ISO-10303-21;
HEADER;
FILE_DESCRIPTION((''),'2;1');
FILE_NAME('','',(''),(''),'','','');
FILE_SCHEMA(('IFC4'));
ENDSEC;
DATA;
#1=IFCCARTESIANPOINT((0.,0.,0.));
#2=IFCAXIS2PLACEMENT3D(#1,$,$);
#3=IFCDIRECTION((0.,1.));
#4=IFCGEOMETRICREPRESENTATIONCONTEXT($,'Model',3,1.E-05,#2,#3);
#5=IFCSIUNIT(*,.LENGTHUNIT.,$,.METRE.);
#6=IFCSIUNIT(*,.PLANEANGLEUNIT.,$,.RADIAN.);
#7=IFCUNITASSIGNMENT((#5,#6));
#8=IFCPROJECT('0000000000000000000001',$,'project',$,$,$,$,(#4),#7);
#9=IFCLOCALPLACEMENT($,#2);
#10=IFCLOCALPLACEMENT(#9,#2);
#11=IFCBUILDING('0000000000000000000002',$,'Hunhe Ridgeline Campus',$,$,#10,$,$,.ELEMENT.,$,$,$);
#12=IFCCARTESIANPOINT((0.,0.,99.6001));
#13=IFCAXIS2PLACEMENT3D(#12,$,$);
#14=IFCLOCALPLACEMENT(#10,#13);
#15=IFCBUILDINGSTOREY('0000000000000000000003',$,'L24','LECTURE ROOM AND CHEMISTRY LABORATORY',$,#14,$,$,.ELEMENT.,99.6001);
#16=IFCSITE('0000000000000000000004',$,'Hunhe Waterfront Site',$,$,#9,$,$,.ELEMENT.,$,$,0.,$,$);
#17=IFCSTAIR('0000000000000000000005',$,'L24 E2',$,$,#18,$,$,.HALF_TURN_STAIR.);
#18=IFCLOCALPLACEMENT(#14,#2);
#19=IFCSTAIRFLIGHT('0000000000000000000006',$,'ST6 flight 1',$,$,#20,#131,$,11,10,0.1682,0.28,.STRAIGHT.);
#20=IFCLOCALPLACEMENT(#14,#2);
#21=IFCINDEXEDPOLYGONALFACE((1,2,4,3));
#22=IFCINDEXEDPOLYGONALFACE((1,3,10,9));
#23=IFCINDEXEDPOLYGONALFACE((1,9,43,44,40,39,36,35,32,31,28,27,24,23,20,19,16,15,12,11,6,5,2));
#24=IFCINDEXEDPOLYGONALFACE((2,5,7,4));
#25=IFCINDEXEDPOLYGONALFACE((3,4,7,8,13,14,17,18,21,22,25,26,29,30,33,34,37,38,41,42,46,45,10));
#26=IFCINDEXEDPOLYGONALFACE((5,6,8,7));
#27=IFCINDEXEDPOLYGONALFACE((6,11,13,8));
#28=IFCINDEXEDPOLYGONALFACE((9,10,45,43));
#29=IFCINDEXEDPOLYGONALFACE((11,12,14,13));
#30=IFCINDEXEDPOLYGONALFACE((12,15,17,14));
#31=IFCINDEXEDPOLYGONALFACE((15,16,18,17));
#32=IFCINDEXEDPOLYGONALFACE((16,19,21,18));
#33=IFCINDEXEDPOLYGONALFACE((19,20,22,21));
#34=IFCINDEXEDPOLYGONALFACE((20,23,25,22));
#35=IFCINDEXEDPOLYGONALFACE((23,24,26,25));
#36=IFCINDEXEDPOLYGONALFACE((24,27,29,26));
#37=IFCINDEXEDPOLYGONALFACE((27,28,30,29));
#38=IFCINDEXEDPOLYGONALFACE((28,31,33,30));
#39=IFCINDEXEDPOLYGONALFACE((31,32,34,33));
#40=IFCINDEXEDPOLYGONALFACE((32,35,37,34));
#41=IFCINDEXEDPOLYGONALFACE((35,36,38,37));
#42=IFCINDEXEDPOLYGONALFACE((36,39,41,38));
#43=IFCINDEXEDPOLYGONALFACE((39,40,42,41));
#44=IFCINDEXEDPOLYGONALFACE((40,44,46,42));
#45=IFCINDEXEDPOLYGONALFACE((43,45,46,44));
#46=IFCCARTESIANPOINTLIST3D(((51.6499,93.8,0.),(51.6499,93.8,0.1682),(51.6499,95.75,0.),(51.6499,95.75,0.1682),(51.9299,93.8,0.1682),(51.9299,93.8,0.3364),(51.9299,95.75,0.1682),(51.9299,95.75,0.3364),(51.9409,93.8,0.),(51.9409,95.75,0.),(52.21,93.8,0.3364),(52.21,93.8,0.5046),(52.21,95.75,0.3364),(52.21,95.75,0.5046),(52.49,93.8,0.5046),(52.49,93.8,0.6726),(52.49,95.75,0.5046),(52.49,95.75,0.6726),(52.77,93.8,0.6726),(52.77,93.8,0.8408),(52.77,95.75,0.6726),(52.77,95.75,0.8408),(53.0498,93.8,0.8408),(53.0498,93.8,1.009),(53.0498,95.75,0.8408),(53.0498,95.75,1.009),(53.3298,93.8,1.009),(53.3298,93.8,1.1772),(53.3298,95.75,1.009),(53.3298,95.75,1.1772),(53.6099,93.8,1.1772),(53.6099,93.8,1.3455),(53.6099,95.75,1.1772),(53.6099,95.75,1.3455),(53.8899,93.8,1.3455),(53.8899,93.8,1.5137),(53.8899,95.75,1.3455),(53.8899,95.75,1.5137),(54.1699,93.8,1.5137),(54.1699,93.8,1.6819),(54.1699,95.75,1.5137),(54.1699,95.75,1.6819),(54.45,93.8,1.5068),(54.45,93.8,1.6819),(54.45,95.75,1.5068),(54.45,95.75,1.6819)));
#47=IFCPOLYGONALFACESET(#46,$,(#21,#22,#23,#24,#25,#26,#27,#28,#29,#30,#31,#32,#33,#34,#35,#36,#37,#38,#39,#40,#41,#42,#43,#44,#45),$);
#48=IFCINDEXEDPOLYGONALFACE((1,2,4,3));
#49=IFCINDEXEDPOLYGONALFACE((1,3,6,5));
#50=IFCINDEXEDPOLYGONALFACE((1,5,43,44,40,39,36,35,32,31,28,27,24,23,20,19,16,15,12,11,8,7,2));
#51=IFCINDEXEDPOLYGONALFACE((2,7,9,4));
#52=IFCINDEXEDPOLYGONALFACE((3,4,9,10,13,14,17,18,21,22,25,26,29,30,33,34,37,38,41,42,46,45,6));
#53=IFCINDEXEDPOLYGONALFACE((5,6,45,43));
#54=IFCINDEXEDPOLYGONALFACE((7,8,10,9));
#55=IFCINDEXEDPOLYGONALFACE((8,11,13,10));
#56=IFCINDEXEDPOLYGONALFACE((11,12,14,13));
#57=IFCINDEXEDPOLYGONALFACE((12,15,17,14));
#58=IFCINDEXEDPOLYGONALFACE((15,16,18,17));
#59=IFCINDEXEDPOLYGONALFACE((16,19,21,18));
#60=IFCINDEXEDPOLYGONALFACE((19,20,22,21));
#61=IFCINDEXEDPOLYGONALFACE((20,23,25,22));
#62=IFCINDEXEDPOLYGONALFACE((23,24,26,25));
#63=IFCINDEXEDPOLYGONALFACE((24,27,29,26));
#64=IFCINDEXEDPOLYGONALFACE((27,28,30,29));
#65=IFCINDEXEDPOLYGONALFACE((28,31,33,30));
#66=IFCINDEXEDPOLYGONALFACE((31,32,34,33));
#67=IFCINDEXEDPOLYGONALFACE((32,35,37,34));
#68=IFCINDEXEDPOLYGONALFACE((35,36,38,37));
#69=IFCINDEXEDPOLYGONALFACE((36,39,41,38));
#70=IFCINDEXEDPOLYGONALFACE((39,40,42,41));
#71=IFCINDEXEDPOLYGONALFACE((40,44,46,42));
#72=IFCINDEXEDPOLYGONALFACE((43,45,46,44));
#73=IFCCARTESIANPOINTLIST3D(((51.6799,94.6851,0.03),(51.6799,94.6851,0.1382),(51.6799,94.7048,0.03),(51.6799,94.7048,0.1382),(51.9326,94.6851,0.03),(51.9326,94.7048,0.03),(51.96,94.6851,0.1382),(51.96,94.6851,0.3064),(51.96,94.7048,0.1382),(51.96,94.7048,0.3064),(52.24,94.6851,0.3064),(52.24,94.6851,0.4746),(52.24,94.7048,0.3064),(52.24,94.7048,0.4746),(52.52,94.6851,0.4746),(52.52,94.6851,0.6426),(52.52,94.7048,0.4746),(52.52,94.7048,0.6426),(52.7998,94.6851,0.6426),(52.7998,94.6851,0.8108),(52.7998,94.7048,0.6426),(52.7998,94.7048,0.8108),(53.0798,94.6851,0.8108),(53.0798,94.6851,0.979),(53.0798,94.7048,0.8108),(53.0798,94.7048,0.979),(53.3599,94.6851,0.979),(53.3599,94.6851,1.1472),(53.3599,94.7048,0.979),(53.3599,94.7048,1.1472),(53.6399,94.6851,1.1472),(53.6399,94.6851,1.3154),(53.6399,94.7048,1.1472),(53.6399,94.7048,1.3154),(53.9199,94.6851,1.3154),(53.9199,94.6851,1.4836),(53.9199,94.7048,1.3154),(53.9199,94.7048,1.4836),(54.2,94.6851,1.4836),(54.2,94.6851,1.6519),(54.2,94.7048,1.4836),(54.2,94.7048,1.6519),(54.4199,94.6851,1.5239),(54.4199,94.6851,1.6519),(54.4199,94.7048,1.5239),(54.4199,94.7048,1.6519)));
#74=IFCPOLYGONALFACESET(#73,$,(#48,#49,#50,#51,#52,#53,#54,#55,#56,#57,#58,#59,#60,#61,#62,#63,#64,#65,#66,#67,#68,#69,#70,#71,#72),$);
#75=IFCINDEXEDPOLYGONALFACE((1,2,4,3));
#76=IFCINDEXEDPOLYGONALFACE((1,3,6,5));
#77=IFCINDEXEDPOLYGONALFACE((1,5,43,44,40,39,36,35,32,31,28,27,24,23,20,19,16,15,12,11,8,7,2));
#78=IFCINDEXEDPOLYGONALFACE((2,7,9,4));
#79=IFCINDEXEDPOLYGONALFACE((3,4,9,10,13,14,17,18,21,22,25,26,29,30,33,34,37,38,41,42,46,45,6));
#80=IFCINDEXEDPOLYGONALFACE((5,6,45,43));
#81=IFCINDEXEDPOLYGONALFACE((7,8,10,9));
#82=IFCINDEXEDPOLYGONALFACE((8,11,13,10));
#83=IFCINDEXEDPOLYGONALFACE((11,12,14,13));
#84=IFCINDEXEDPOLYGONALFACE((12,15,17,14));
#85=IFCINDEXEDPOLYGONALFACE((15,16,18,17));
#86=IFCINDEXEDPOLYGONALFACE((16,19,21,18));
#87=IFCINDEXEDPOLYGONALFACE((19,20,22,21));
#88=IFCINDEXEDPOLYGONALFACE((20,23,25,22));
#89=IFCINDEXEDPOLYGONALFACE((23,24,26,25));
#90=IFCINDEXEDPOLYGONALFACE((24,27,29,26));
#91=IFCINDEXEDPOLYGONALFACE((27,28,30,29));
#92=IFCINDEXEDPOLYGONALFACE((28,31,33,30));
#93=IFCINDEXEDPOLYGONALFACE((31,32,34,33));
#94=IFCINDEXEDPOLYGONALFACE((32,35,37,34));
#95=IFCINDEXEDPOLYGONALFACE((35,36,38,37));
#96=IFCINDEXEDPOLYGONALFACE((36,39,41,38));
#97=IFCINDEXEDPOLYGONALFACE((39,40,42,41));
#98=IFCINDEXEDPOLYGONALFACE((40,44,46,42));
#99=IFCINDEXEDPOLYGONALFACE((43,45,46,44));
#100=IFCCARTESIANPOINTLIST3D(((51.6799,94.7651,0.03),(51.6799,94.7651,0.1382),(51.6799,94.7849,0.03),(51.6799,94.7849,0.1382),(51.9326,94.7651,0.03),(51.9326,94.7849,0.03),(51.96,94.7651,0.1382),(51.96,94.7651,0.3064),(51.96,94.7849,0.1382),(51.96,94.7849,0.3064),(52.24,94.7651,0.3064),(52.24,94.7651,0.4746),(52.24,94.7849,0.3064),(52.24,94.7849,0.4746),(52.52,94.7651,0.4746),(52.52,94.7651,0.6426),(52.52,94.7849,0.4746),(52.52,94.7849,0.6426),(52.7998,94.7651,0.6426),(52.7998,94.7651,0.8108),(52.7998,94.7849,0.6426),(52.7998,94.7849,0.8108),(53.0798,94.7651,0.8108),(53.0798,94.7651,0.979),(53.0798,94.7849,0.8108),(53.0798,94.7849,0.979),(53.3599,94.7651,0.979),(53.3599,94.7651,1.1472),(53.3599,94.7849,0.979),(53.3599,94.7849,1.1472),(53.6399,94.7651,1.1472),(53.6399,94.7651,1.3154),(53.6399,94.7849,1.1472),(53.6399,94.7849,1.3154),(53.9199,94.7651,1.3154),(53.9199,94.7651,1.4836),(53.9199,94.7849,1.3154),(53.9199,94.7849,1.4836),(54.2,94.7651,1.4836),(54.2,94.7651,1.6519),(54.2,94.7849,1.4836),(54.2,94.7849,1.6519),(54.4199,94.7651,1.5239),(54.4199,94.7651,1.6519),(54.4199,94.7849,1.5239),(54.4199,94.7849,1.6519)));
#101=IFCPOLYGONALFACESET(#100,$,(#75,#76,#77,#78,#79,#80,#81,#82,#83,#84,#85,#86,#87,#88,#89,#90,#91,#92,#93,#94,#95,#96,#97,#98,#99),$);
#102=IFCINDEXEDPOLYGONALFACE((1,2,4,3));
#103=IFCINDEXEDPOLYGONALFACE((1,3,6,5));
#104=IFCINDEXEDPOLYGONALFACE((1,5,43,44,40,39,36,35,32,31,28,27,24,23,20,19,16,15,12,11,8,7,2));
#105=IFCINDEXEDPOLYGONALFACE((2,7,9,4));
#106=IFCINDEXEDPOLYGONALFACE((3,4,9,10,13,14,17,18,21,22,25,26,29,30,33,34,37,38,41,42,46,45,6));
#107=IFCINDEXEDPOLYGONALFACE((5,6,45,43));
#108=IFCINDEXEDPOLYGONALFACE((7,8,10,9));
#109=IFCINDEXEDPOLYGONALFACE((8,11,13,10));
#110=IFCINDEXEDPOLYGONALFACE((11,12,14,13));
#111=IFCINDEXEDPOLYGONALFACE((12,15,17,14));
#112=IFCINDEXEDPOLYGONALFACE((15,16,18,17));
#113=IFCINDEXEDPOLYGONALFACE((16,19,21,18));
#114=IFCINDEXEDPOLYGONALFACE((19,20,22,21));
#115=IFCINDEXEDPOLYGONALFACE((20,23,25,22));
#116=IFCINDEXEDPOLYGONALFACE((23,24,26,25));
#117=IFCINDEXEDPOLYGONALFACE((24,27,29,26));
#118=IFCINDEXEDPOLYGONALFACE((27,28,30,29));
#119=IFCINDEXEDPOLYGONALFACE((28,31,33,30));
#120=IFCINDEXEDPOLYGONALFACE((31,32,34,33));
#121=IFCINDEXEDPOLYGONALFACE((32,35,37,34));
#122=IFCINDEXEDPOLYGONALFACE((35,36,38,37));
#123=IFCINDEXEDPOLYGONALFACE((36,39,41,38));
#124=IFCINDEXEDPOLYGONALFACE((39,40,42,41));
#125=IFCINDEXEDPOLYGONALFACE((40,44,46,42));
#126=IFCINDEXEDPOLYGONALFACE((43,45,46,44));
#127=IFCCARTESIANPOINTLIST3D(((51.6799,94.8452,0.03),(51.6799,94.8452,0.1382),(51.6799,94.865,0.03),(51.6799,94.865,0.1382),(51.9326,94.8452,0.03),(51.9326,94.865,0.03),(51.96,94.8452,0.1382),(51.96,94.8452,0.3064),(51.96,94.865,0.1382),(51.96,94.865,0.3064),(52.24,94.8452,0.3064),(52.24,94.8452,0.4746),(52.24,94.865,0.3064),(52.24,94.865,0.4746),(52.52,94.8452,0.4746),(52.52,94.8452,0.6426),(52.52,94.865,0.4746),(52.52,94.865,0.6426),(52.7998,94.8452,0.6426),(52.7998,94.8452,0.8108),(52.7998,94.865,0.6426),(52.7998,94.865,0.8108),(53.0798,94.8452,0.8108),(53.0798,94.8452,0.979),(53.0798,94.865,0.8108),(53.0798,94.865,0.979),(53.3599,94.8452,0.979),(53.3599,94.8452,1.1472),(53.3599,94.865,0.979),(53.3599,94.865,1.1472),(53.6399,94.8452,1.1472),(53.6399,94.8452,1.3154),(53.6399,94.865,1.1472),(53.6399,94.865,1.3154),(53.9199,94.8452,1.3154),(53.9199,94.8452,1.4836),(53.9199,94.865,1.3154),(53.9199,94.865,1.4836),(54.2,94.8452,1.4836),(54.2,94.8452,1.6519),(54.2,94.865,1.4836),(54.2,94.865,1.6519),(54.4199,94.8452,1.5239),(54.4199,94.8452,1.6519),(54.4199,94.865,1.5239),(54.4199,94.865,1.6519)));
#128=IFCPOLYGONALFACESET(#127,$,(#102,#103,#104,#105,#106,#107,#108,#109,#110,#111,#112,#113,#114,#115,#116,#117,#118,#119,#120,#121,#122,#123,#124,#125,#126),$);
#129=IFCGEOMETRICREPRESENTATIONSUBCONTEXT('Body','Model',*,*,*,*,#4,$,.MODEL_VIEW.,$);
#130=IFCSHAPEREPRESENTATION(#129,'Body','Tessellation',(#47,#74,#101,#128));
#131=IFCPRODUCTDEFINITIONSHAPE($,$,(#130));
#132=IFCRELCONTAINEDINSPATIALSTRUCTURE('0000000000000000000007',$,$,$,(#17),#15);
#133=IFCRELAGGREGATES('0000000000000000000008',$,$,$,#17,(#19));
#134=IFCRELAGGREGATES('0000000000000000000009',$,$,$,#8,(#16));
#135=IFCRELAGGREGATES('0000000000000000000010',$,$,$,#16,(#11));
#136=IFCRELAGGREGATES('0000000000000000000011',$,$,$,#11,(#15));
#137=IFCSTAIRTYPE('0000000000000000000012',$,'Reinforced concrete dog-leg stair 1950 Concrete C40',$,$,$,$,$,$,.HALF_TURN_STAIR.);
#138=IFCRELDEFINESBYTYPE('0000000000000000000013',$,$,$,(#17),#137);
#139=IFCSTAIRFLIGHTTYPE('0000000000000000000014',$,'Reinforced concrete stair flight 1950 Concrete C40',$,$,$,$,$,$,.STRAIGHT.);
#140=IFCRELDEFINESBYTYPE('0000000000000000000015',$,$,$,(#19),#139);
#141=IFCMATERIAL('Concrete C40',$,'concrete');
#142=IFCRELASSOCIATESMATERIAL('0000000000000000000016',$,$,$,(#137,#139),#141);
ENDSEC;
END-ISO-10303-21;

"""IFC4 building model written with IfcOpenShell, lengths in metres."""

from ifc_helpers import new_model, si_unit, direction, frame, origin, place, context, subcontext, project, spatial, polyline, outline, extrude, material, type_object, element, aggregate, save


model = new_model("IFC4")

# Units and contexts
model_context = context("Model", 3, precision=1e-05, world=origin(), true_north=direction((0.0, 1.0)))
body_context = subcontext(model_context, "Body", "Model", "MODEL_VIEW")
ifc_project = project(units=[si_unit("LENGTHUNIT", "METRE"), si_unit("PLANEANGLEUNIT", "RADIAN")], contexts=[model_context])

# Site, building, storey
site_placement = place(None, origin())
site = spatial("IfcSite", under=ifc_project, at=site_placement, Name="Hunhe Waterfront Site", CompositionType="ELEMENT", RefElevation=0.0)
building_placement = place(site_placement, origin())
building = spatial("IfcBuilding", under=site, at=building_placement, Name="Hunhe Ridgeline Campus", CompositionType="ELEMENT")
storey_placement = place(building_placement, frame((0.0, 0.0, 99.6001)))
storey = spatial("IfcBuildingStorey", under=building, at=storey_placement, Name="L24", Description="LECTURE ROOM AND CHEMISTRY LABORATORY", CompositionType="ELEMENT", Elevation=99.6001)

# Stair, stair flight
ifc_material_1 = material(Name="Concrete C40", Category="concrete")
stair_type = type_object("IfcStairType", Name="Reinforced concrete dog-leg stair 1950 Concrete C40", PredefinedType="HALF_TURN_STAIR", material=ifc_material_1)
stair_1_placement = place(storey_placement, origin())
stair_1 = element("IfcStair", 1, at=stair_1_placement, inside=storey, type_object=stair_type, Name="L24 E2", PredefinedType="HALF_TURN_STAIR")
stair_flight_type = type_object("IfcStairFlightType", Name="Reinforced concrete stair flight 1950 Concrete C40", PredefinedType="STRAIGHT", material=ifc_material_1)
stair_flight_1_placement = place(storey_placement, frame((51.6499, 94.7749, 0.0), z_axis=(0.0, 0.0, 1.0), x_axis=(1.0, 0.0, 0.0)))
stair_flight_1 = element("IfcStairFlight", 2, at=stair_flight_1_placement, type_object=stair_flight_type, Name="ST6 flight 1", NumberOfRisers=11, NumberOfTreads=10, PredefinedType="STRAIGHT", RiserHeight=0.1682, TreadLength=0.28, context=body_context, shape_type="SweptSolid", body=[
    extrude(outline(polyline([(0.0, 0.0), (0.0, 0.1682), (0.28, 0.1682), (0.28, 0.3364), (0.5601, 0.3364), (0.5601, 0.5046), (0.8401, 0.5046), (0.8401, 0.6726), (1.1201, 0.6726), (1.1201, 0.8408), (1.3999, 0.8408), (1.3999, 1.009), (1.6799, 1.009), (1.6799, 1.1772), (1.96, 1.1772), (1.96, 1.3455), (2.24, 1.3455), (2.24, 1.5137), (2.52, 1.5137), (2.52, 1.6819), (2.8, 1.6819), (2.8, 1.8501), (2.8, 1.5068), (0.291, 0.0), (0.0, 0.0)])), frame((0.0, 0.9751, 0.0), z_axis=(0.0, -1.0, 0.0), x_axis=(1.0, 0.0, 0.0)), (0.0, 0.0, 1.0), 1.95),
    extrude(outline(polyline([(0.03, 0.03), (0.03, 0.1382), (0.3101, 0.1382), (0.3101, 0.3064), (0.5901, 0.3064), (0.5901, 0.4746), (0.8701, 0.4746), (0.8701, 0.6426), (1.1499, 0.6426), (1.1499, 0.8108), (1.4299, 0.8108), (1.4299, 0.979), (1.71, 0.979), (1.71, 1.1472), (1.99, 1.1472), (1.99, 1.3154), (2.27, 1.3154), (2.27, 1.4836), (2.55, 1.4836), (2.55, 1.6519), (2.77, 1.6519), (2.77, 1.5239), (0.2827, 0.03), (0.03, 0.03)])), frame((0.0, -0.0701, 0.0), z_axis=(0.0, -1.0, 0.0), x_axis=(1.0, 0.0, 0.0)), (0.0, 0.0, 1.0), 0.0198),
    extrude(outline(polyline([(0.03, 0.03), (0.03, 0.1382), (0.3101, 0.1382), (0.3101, 0.3064), (0.5901, 0.3064), (0.5901, 0.4746), (0.8701, 0.4746), (0.8701, 0.6426), (1.1499, 0.6426), (1.1499, 0.8108), (1.4299, 0.8108), (1.4299, 0.979), (1.71, 0.979), (1.71, 1.1472), (1.99, 1.1472), (1.99, 1.3154), (2.27, 1.3154), (2.27, 1.4836), (2.55, 1.4836), (2.55, 1.6519), (2.77, 1.6519), (2.77, 1.5239), (0.2827, 0.03), (0.03, 0.03)])), frame((0.0, 0.01, 0.0), z_axis=(0.0, -1.0, 0.0), x_axis=(1.0, 0.0, 0.0)), (0.0, 0.0, 1.0), 0.0198),
    extrude(outline(polyline([(0.03, 0.03), (0.03, 0.1382), (0.3101, 0.1382), (0.3101, 0.3064), (0.5901, 0.3064), (0.5901, 0.4746), (0.8701, 0.4746), (0.8701, 0.6426), (1.1499, 0.6426), (1.1499, 0.8108), (1.4299, 0.8108), (1.4299, 0.979), (1.71, 0.979), (1.71, 1.1472), (1.99, 1.1472), (1.99, 1.3154), (2.27, 1.3154), (2.27, 1.4836), (2.55, 1.4836), (2.55, 1.6519), (2.77, 1.6519), (2.77, 1.5239), (0.2827, 0.03), (0.03, 0.03)])), frame((0.0, 0.0901, 0.0), z_axis=(0.0, -1.0, 0.0), x_axis=(1.0, 0.0, 0.0)), (0.0, 0.0, 1.0), 0.0198),
])
aggregate(stair_1, [stair_flight_1])

save(model, "model.ifc")
